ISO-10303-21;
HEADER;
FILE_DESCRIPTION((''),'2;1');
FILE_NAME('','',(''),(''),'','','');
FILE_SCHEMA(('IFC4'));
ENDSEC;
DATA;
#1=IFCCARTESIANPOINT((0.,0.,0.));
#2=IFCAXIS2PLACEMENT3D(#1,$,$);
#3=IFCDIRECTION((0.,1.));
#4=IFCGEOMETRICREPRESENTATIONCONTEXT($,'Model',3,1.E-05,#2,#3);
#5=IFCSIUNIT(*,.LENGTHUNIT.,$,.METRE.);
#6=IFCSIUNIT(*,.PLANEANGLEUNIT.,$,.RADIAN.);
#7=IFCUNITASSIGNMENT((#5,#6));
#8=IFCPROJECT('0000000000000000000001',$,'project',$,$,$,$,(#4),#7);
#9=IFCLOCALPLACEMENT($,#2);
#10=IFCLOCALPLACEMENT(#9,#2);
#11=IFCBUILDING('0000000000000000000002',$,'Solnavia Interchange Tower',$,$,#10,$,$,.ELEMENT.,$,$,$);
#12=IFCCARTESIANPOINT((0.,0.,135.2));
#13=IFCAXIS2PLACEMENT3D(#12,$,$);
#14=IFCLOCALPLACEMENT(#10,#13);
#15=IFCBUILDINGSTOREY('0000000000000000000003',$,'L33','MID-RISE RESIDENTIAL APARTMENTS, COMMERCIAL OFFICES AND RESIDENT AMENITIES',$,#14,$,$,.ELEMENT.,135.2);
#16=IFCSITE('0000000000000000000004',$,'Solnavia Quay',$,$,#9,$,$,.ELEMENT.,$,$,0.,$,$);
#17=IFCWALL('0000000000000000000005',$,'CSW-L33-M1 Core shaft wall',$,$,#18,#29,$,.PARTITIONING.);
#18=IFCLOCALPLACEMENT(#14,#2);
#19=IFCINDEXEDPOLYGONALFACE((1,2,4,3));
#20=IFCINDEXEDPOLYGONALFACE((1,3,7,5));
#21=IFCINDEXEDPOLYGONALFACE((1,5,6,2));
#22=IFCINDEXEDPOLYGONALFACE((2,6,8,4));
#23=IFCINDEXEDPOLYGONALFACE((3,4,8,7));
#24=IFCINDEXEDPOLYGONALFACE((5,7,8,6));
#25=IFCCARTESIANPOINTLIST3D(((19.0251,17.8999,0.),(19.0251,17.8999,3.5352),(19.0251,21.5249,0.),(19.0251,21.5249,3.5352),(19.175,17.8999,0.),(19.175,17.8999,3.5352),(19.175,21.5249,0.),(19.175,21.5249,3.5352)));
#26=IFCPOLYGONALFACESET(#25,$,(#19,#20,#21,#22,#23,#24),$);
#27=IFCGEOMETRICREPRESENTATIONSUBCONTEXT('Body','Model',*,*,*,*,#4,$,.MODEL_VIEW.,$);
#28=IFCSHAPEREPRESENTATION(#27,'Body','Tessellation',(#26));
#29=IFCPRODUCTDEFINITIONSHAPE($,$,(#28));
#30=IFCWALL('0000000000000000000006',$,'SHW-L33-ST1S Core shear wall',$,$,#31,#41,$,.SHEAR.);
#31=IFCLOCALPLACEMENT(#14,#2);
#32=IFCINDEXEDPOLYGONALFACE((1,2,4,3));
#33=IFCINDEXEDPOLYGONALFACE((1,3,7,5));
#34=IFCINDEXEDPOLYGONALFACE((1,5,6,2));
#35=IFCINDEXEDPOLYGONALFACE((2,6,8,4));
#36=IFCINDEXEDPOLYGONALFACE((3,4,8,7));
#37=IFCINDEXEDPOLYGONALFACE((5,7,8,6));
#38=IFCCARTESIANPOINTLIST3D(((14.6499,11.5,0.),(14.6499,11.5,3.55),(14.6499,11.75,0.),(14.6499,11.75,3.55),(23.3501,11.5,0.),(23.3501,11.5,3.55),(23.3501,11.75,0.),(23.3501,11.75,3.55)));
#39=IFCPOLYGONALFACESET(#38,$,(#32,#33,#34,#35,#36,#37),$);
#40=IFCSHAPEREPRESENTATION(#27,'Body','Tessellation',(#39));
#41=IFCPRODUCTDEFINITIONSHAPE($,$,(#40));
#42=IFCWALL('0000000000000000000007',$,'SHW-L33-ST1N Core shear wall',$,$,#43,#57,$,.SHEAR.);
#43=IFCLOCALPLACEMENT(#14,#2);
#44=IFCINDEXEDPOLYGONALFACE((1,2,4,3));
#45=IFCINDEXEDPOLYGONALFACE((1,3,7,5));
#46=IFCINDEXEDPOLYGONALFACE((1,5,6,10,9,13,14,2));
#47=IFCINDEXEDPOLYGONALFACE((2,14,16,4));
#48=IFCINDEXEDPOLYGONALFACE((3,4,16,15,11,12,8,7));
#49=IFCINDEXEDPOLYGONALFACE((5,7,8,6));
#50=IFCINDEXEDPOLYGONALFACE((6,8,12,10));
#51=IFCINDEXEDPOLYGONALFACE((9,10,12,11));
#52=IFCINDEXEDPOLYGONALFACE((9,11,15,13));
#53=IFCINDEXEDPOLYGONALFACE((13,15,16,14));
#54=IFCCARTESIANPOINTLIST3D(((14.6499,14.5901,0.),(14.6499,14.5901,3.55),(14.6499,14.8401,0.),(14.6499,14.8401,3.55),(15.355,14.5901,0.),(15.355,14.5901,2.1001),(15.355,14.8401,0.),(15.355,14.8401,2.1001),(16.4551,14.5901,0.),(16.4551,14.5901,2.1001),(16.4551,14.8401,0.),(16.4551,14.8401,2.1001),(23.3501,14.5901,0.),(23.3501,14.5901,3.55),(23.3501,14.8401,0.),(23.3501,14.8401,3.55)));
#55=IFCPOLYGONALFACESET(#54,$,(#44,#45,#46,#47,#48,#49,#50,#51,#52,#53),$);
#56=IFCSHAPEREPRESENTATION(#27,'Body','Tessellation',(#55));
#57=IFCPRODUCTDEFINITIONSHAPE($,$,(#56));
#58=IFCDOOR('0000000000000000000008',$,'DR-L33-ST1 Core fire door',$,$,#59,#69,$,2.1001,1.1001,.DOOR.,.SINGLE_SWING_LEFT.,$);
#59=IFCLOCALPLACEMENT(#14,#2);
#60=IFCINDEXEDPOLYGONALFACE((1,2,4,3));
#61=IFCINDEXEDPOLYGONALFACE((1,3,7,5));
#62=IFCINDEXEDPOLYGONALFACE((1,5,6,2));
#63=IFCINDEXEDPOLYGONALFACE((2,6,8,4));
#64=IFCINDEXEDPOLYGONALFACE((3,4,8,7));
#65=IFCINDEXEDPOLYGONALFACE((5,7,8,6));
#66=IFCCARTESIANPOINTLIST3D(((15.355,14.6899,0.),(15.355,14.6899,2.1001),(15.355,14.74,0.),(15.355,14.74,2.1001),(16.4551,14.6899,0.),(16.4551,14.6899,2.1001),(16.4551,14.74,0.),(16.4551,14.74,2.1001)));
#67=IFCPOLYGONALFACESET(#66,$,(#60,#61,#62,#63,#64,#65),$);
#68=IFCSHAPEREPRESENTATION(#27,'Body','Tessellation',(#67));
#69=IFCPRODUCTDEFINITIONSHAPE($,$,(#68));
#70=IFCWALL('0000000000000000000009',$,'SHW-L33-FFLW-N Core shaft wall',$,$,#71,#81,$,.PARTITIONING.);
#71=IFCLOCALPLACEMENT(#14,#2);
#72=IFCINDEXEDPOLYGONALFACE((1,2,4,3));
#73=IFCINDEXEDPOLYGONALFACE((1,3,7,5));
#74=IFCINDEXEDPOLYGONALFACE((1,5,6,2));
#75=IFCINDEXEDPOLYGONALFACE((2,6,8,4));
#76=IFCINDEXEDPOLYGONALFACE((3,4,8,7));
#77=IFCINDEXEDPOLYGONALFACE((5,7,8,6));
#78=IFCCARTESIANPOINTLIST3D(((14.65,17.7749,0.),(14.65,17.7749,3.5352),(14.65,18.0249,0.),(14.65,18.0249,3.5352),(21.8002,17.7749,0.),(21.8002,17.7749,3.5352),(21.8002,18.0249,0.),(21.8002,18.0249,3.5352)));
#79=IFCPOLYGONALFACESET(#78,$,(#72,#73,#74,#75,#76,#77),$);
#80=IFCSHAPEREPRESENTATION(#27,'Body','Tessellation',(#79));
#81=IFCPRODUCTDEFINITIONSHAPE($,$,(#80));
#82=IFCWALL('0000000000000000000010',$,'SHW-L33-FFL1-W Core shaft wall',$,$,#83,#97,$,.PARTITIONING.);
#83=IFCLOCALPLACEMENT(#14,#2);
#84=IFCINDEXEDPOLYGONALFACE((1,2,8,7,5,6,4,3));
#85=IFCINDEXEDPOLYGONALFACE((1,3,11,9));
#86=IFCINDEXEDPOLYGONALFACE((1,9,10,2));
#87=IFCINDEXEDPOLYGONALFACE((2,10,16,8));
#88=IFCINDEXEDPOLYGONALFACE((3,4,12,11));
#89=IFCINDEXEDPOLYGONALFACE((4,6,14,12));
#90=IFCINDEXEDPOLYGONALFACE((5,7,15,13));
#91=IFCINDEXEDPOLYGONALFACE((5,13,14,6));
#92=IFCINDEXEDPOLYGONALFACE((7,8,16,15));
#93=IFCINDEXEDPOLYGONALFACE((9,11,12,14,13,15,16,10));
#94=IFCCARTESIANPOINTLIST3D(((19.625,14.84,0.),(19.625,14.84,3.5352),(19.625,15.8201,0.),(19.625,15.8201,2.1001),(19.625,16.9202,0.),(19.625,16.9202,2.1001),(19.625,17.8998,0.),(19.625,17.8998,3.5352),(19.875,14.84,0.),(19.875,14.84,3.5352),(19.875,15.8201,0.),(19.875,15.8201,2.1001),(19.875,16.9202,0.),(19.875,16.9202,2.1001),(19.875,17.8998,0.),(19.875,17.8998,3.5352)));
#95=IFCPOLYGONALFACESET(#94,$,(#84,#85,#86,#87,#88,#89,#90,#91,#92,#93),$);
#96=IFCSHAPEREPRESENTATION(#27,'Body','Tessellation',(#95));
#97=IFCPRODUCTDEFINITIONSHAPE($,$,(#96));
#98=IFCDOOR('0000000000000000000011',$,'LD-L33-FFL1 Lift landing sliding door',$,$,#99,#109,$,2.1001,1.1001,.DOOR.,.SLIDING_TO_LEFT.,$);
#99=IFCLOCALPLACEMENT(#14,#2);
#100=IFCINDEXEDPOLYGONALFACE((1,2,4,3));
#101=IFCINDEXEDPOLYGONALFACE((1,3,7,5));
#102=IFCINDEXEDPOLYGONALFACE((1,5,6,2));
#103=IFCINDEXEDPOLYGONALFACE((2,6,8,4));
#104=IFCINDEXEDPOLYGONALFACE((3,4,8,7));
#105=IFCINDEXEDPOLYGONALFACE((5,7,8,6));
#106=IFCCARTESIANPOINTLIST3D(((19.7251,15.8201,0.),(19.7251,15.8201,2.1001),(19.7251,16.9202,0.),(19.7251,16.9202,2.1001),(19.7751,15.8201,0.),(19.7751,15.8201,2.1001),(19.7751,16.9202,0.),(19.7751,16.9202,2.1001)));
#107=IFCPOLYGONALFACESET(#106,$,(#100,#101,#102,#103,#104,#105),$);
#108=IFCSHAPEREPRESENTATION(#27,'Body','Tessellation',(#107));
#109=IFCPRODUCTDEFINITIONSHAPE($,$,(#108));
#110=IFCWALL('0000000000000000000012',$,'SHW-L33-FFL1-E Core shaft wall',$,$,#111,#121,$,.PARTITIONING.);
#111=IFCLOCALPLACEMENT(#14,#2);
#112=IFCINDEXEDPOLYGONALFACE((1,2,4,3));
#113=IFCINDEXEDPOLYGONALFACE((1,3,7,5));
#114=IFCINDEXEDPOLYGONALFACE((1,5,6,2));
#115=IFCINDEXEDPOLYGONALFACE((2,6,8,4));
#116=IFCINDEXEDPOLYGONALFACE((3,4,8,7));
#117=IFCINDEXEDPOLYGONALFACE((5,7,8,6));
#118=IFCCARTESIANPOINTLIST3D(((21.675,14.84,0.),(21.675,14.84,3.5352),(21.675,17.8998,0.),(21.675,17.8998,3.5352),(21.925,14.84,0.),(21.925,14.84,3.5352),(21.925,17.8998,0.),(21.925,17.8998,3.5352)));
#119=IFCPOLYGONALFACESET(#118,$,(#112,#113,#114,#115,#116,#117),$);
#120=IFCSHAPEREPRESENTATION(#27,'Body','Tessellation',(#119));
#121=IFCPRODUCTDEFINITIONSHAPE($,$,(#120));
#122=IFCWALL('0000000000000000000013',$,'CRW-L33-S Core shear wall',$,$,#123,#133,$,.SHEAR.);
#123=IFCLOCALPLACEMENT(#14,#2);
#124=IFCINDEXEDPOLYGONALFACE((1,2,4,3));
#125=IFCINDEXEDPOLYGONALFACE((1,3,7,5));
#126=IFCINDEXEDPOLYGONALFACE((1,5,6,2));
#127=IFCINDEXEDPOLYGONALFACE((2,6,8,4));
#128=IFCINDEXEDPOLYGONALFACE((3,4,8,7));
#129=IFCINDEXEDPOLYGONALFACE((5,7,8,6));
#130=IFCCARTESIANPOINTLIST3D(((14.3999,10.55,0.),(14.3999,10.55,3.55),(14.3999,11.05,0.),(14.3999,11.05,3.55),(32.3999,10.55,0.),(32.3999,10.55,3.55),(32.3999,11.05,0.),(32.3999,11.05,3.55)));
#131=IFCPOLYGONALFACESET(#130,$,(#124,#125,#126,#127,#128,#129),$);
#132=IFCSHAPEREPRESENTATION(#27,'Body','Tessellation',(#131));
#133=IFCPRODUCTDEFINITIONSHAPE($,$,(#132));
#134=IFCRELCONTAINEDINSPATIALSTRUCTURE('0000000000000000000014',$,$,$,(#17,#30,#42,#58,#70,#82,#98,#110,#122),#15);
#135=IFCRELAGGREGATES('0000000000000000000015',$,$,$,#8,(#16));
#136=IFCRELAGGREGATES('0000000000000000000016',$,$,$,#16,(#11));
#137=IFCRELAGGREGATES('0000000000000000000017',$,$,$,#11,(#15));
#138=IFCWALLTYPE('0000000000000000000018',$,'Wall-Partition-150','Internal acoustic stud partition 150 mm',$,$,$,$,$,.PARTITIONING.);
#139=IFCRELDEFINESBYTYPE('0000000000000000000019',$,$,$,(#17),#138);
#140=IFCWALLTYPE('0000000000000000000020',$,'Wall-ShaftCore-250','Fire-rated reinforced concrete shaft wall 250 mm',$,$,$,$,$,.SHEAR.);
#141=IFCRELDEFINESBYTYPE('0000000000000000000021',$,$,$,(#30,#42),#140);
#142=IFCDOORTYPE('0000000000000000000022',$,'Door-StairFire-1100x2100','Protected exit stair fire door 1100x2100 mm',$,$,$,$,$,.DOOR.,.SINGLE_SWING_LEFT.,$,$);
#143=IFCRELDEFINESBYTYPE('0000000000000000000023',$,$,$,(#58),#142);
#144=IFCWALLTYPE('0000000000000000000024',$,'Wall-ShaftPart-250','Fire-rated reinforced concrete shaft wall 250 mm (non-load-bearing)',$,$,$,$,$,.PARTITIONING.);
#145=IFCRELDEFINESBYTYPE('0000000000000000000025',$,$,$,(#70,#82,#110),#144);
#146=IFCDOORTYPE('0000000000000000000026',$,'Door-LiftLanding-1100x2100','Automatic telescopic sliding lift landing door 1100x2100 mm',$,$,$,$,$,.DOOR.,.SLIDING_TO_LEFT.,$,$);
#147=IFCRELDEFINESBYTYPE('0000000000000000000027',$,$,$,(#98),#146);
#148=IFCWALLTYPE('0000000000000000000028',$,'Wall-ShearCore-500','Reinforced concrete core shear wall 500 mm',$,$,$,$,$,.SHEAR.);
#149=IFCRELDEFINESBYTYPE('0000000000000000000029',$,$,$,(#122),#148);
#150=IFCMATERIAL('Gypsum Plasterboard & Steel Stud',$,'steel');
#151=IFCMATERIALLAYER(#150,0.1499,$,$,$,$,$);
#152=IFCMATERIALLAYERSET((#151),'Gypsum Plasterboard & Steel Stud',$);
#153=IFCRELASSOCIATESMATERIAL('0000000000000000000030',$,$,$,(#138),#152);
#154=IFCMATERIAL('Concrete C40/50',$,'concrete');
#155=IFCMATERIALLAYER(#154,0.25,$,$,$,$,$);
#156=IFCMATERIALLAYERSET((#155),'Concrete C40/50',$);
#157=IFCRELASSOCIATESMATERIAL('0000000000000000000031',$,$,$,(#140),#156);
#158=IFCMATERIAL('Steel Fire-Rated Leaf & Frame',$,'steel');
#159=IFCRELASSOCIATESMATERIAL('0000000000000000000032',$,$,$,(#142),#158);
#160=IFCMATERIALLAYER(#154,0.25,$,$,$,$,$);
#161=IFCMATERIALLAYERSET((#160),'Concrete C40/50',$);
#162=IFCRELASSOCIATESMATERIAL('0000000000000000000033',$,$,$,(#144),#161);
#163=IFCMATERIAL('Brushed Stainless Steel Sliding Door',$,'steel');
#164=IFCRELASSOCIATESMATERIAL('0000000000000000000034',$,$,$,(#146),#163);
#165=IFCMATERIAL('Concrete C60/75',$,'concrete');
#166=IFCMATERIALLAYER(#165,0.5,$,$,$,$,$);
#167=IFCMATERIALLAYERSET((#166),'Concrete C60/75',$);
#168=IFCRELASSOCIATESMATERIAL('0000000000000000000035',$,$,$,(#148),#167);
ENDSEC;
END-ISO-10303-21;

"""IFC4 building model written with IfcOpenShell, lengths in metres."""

from ifc_helpers import new_model, si_unit, direction, frame, frame_2d, origin, place, context, subcontext, project, spatial, rectangle, extrude, material, layer, layer_set, type_object, element, fill, save


model = new_model("IFC4")

# Units and contexts
model_context = context("Model", 3, precision=1e-05, world=origin(), true_north=direction((0.0, 1.0)))
body_context = subcontext(model_context, "Body", "Model", "MODEL_VIEW")
ifc_project = project(units=[si_unit("LENGTHUNIT", "METRE"), si_unit("PLANEANGLEUNIT", "RADIAN")], contexts=[model_context])

# Site, building, storey
site_placement = place(None, origin())
site = spatial("IfcSite", under=ifc_project, at=site_placement, Name="Solnavia Quay", CompositionType="ELEMENT", RefElevation=0.0)
building_placement = place(site_placement, origin())
building = spatial("IfcBuilding", under=site, at=building_placement, Name="Solnavia Interchange Tower", CompositionType="ELEMENT")
storey_placement = place(building_placement, frame((0.0, 0.0, 135.2)))
storey = spatial("IfcBuildingStorey", under=building, at=storey_placement, Name="L33", Description="MID-RISE RESIDENTIAL APARTMENTS, COMMERCIAL OFFICES AND RESIDENT AMENITIES", CompositionType="ELEMENT", Elevation=135.2)

# Walls
ifc_material_1 = material(Name="Gypsum Plasterboard & Steel Stud", Category="steel")
ifc_layer_1 = layer(ifc_material_1, 0.1499)
ifc_layer_set_1 = layer_set([ifc_layer_1], Name="Gypsum Plasterboard & Steel Stud")
wall_type_1 = type_object("IfcWallType", Name="Wall-Partition-150", Description="Internal acoustic stud partition 150 mm", PredefinedType="PARTITIONING", material=ifc_layer_set_1)
wall_1_placement = place(storey_placement, frame((19.1001, 17.8999, 0.0), z_axis=(0.0, 0.0, 1.0), x_axis=(0.0, 1.0, 0.0)))
element("IfcWall", 1, at=wall_1_placement, inside=storey, type_object=wall_type_1, Name="CSW-L33-M1 Core shaft wall", PredefinedType="PARTITIONING", context=body_context, shape_type="SweptSolid", body=[
    extrude(rectangle(XDim=3.625, YDim=0.1499, at=frame_2d((1.8125, 0.0))), origin(), (0.0, 0.0, 1.0), 3.5352),
])
ifc_material_2 = material(Name="Concrete C40/50", Category="concrete")
ifc_layer_2 = layer(ifc_material_2, 0.25)
ifc_layer_set_2 = layer_set([ifc_layer_2], Name="Concrete C40/50")
wall_type_2 = type_object("IfcWallType", Name="Wall-ShaftCore-250", Description="Fire-rated reinforced concrete shaft wall 250 mm", PredefinedType="SHEAR", material=ifc_layer_set_2)
wall_2_placement = place(storey_placement, frame((14.6499, 11.625, 0.0), z_axis=(0.0, 0.0, 1.0), x_axis=(1.0, 0.0, 0.0)))
element("IfcWall", 2, at=wall_2_placement, inside=storey, type_object=wall_type_2, Name="SHW-L33-ST1S Core shear wall", PredefinedType="SHEAR", context=body_context, shape_type="SweptSolid", body=[
    extrude(rectangle(XDim=8.7002, YDim=0.25, at=frame_2d((4.3501, 0.0))), origin(), (0.0, 0.0, 1.0), 3.55),
])

# Wall, opening, door
wall_3_placement = place(storey_placement, frame((14.6499, 14.7151, 0.0), z_axis=(0.0, 0.0, 1.0), x_axis=(1.0, 0.0, 0.0)))
wall_3 = element("IfcWall", 3, at=wall_3_placement, inside=storey, type_object=wall_type_2, Name="SHW-L33-ST1N Core shear wall", PredefinedType="SHEAR", context=body_context, shape_type="SweptSolid", body=[
    extrude(rectangle(XDim=8.7002, YDim=0.25, at=frame_2d((4.3501, 0.0))), origin(), (0.0, 0.0, 1.0), 3.55),
])
opening_1_placement = place(wall_3_placement, frame((0.7051, 0.0, 0.0)))
opening_1 = element("IfcOpeningElement", 4, at=opening_1_placement, cuts=wall_3, PredefinedType="OPENING", context=body_context, shape_type="SweptSolid", body=[
    extrude(rectangle(XDim=1.1001, YDim=2.1001, at=frame_2d((0.55, 1.05))), frame((0.0, 0.135, 0.0), z_axis=(0.0, -1.0, 0.0), x_axis=(1.0, 0.0, 0.0)), (0.0, 0.0, 1.0), 0.27),
])
ifc_material_3 = material(Name="Steel Fire-Rated Leaf & Frame", Category="steel")
door_type_1 = type_object("IfcDoorType", Name="Door-StairFire-1100x2100", Description="Protected exit stair fire door 1100x2100 mm", OperationType="SINGLE_SWING_LEFT", PredefinedType="DOOR", material=ifc_material_3)
door_1_placement = place(opening_1_placement, origin())
door_1 = element("IfcDoor", 5, at=door_1_placement, inside=storey, type_object=door_type_1, Name="DR-L33-ST1 Core fire door", OperationType="SINGLE_SWING_LEFT", OverallHeight=2.1001, OverallWidth=1.1001, PredefinedType="DOOR", context=body_context, shape_type="SweptSolid", body=[
    extrude(rectangle(XDim=1.1001, YDim=2.1001, at=frame_2d((0.55, 1.05))), frame((0.0, 0.0249, 0.0), z_axis=(0.0, -1.0, 0.0), x_axis=(1.0, 0.0, 0.0)), (0.0, 0.0, 1.0), 0.05),
])
fill(opening_1, door_1)

# Wall
ifc_layer_3 = layer(ifc_material_2, 0.25)
ifc_layer_set_3 = layer_set([ifc_layer_3], Name="Concrete C40/50")
wall_type_3 = type_object("IfcWallType", Name="Wall-ShaftPart-250", Description="Fire-rated reinforced concrete shaft wall 250 mm (non-load-bearing)", PredefinedType="PARTITIONING", material=ifc_layer_set_3)
wall_4_placement = place(storey_placement, frame((14.6499, 17.8999, 0.0), z_axis=(0.0, 0.0, 1.0), x_axis=(1.0, 0.0, 0.0)))
element("IfcWall", 6, at=wall_4_placement, inside=storey, type_object=wall_type_3, Name="SHW-L33-FFLW-N Core shaft wall", PredefinedType="PARTITIONING", context=body_context, shape_type="SweptSolid", body=[
    extrude(rectangle(XDim=7.1501, YDim=0.25, at=frame_2d((3.5752, 0.0))), origin(), (0.0, 0.0, 1.0), 3.5352),
])

# Wall, opening, door
wall_5_placement = place(storey_placement, frame((19.75, 14.8401, 0.0), z_axis=(0.0, 0.0, 1.0), x_axis=(0.0, 1.0, 0.0)))
wall_5 = element("IfcWall", 7, at=wall_5_placement, inside=storey, type_object=wall_type_3, Name="SHW-L33-FFL1-W Core shaft wall", PredefinedType="PARTITIONING", context=body_context, shape_type="SweptSolid", body=[
    extrude(rectangle(XDim=3.0598, YDim=0.25, at=frame_2d((1.5298, 0.0))), origin(), (0.0, 0.0, 1.0), 3.5352),
])
opening_2_placement = place(wall_5_placement, frame((0.98, 0.0, 0.0)))
opening_2 = element("IfcOpeningElement", 8, at=opening_2_placement, cuts=wall_5, PredefinedType="OPENING", context=body_context, shape_type="SweptSolid", body=[
    extrude(rectangle(XDim=1.1001, YDim=2.1001, at=frame_2d((0.55, 1.05))), frame((0.0, 0.135, 0.0), z_axis=(0.0, -1.0, 0.0), x_axis=(1.0, 0.0, 0.0)), (0.0, 0.0, 1.0), 0.27),
])
ifc_material_4 = material(Name="Brushed Stainless Steel Sliding Door", Category="steel")
door_type_2 = type_object("IfcDoorType", Name="Door-LiftLanding-1100x2100", Description="Automatic telescopic sliding lift landing door 1100x2100 mm", OperationType="SLIDING_TO_LEFT", PredefinedType="DOOR", material=ifc_material_4)
door_2_placement = place(opening_2_placement, origin())
door_2 = element("IfcDoor", 9, at=door_2_placement, inside=storey, type_object=door_type_2, Name="LD-L33-FFL1 Lift landing sliding door", OperationType="SLIDING_TO_LEFT", OverallHeight=2.1001, OverallWidth=1.1001, PredefinedType="DOOR", context=body_context, shape_type="SweptSolid", body=[
    extrude(rectangle(XDim=1.1001, YDim=2.1001, at=frame_2d((0.55, 1.05))), frame((0.0, 0.0249, 0.0), z_axis=(0.0, -1.0, 0.0), x_axis=(1.0, 0.0, 0.0)), (0.0, 0.0, 1.0), 0.05),
])
fill(opening_2, door_2)

# Walls
wall_6_placement = place(storey_placement, frame((21.8, 14.8401, 0.0), z_axis=(0.0, 0.0, 1.0), x_axis=(0.0, 1.0, 0.0)))
element("IfcWall", 10, at=wall_6_placement, inside=storey, type_object=wall_type_3, Name="SHW-L33-FFL1-E Core shaft wall", PredefinedType="PARTITIONING", context=body_context, shape_type="SweptSolid", body=[
    extrude(rectangle(XDim=3.0598, YDim=0.25, at=frame_2d((1.5298, 0.0))), origin(), (0.0, 0.0, 1.0), 3.5352),
])
ifc_material_5 = material(Name="Concrete C60/75", Category="concrete")
ifc_layer_4 = layer(ifc_material_5, 0.5)
ifc_layer_set_4 = layer_set([ifc_layer_4], Name="Concrete C60/75")
wall_type_4 = type_object("IfcWallType", Name="Wall-ShearCore-500", Description="Reinforced concrete core shear wall 500 mm", PredefinedType="SHEAR", material=ifc_layer_set_4)
wall_7_placement = place(storey_placement, frame((14.3999, 10.8, 0.0), z_axis=(0.0, 0.0, 1.0), x_axis=(1.0, 0.0, 0.0)))
element("IfcWall", 11, at=wall_7_placement, inside=storey, type_object=wall_type_4, Name="CRW-L33-S Core shear wall", PredefinedType="SHEAR", context=body_context, shape_type="SweptSolid", body=[
    extrude(rectangle(XDim=18.0, YDim=0.5, at=frame_2d((9.0, 0.0))), origin(), (0.0, 0.0, 1.0), 3.55),
])

save(model, "model.ifc")
